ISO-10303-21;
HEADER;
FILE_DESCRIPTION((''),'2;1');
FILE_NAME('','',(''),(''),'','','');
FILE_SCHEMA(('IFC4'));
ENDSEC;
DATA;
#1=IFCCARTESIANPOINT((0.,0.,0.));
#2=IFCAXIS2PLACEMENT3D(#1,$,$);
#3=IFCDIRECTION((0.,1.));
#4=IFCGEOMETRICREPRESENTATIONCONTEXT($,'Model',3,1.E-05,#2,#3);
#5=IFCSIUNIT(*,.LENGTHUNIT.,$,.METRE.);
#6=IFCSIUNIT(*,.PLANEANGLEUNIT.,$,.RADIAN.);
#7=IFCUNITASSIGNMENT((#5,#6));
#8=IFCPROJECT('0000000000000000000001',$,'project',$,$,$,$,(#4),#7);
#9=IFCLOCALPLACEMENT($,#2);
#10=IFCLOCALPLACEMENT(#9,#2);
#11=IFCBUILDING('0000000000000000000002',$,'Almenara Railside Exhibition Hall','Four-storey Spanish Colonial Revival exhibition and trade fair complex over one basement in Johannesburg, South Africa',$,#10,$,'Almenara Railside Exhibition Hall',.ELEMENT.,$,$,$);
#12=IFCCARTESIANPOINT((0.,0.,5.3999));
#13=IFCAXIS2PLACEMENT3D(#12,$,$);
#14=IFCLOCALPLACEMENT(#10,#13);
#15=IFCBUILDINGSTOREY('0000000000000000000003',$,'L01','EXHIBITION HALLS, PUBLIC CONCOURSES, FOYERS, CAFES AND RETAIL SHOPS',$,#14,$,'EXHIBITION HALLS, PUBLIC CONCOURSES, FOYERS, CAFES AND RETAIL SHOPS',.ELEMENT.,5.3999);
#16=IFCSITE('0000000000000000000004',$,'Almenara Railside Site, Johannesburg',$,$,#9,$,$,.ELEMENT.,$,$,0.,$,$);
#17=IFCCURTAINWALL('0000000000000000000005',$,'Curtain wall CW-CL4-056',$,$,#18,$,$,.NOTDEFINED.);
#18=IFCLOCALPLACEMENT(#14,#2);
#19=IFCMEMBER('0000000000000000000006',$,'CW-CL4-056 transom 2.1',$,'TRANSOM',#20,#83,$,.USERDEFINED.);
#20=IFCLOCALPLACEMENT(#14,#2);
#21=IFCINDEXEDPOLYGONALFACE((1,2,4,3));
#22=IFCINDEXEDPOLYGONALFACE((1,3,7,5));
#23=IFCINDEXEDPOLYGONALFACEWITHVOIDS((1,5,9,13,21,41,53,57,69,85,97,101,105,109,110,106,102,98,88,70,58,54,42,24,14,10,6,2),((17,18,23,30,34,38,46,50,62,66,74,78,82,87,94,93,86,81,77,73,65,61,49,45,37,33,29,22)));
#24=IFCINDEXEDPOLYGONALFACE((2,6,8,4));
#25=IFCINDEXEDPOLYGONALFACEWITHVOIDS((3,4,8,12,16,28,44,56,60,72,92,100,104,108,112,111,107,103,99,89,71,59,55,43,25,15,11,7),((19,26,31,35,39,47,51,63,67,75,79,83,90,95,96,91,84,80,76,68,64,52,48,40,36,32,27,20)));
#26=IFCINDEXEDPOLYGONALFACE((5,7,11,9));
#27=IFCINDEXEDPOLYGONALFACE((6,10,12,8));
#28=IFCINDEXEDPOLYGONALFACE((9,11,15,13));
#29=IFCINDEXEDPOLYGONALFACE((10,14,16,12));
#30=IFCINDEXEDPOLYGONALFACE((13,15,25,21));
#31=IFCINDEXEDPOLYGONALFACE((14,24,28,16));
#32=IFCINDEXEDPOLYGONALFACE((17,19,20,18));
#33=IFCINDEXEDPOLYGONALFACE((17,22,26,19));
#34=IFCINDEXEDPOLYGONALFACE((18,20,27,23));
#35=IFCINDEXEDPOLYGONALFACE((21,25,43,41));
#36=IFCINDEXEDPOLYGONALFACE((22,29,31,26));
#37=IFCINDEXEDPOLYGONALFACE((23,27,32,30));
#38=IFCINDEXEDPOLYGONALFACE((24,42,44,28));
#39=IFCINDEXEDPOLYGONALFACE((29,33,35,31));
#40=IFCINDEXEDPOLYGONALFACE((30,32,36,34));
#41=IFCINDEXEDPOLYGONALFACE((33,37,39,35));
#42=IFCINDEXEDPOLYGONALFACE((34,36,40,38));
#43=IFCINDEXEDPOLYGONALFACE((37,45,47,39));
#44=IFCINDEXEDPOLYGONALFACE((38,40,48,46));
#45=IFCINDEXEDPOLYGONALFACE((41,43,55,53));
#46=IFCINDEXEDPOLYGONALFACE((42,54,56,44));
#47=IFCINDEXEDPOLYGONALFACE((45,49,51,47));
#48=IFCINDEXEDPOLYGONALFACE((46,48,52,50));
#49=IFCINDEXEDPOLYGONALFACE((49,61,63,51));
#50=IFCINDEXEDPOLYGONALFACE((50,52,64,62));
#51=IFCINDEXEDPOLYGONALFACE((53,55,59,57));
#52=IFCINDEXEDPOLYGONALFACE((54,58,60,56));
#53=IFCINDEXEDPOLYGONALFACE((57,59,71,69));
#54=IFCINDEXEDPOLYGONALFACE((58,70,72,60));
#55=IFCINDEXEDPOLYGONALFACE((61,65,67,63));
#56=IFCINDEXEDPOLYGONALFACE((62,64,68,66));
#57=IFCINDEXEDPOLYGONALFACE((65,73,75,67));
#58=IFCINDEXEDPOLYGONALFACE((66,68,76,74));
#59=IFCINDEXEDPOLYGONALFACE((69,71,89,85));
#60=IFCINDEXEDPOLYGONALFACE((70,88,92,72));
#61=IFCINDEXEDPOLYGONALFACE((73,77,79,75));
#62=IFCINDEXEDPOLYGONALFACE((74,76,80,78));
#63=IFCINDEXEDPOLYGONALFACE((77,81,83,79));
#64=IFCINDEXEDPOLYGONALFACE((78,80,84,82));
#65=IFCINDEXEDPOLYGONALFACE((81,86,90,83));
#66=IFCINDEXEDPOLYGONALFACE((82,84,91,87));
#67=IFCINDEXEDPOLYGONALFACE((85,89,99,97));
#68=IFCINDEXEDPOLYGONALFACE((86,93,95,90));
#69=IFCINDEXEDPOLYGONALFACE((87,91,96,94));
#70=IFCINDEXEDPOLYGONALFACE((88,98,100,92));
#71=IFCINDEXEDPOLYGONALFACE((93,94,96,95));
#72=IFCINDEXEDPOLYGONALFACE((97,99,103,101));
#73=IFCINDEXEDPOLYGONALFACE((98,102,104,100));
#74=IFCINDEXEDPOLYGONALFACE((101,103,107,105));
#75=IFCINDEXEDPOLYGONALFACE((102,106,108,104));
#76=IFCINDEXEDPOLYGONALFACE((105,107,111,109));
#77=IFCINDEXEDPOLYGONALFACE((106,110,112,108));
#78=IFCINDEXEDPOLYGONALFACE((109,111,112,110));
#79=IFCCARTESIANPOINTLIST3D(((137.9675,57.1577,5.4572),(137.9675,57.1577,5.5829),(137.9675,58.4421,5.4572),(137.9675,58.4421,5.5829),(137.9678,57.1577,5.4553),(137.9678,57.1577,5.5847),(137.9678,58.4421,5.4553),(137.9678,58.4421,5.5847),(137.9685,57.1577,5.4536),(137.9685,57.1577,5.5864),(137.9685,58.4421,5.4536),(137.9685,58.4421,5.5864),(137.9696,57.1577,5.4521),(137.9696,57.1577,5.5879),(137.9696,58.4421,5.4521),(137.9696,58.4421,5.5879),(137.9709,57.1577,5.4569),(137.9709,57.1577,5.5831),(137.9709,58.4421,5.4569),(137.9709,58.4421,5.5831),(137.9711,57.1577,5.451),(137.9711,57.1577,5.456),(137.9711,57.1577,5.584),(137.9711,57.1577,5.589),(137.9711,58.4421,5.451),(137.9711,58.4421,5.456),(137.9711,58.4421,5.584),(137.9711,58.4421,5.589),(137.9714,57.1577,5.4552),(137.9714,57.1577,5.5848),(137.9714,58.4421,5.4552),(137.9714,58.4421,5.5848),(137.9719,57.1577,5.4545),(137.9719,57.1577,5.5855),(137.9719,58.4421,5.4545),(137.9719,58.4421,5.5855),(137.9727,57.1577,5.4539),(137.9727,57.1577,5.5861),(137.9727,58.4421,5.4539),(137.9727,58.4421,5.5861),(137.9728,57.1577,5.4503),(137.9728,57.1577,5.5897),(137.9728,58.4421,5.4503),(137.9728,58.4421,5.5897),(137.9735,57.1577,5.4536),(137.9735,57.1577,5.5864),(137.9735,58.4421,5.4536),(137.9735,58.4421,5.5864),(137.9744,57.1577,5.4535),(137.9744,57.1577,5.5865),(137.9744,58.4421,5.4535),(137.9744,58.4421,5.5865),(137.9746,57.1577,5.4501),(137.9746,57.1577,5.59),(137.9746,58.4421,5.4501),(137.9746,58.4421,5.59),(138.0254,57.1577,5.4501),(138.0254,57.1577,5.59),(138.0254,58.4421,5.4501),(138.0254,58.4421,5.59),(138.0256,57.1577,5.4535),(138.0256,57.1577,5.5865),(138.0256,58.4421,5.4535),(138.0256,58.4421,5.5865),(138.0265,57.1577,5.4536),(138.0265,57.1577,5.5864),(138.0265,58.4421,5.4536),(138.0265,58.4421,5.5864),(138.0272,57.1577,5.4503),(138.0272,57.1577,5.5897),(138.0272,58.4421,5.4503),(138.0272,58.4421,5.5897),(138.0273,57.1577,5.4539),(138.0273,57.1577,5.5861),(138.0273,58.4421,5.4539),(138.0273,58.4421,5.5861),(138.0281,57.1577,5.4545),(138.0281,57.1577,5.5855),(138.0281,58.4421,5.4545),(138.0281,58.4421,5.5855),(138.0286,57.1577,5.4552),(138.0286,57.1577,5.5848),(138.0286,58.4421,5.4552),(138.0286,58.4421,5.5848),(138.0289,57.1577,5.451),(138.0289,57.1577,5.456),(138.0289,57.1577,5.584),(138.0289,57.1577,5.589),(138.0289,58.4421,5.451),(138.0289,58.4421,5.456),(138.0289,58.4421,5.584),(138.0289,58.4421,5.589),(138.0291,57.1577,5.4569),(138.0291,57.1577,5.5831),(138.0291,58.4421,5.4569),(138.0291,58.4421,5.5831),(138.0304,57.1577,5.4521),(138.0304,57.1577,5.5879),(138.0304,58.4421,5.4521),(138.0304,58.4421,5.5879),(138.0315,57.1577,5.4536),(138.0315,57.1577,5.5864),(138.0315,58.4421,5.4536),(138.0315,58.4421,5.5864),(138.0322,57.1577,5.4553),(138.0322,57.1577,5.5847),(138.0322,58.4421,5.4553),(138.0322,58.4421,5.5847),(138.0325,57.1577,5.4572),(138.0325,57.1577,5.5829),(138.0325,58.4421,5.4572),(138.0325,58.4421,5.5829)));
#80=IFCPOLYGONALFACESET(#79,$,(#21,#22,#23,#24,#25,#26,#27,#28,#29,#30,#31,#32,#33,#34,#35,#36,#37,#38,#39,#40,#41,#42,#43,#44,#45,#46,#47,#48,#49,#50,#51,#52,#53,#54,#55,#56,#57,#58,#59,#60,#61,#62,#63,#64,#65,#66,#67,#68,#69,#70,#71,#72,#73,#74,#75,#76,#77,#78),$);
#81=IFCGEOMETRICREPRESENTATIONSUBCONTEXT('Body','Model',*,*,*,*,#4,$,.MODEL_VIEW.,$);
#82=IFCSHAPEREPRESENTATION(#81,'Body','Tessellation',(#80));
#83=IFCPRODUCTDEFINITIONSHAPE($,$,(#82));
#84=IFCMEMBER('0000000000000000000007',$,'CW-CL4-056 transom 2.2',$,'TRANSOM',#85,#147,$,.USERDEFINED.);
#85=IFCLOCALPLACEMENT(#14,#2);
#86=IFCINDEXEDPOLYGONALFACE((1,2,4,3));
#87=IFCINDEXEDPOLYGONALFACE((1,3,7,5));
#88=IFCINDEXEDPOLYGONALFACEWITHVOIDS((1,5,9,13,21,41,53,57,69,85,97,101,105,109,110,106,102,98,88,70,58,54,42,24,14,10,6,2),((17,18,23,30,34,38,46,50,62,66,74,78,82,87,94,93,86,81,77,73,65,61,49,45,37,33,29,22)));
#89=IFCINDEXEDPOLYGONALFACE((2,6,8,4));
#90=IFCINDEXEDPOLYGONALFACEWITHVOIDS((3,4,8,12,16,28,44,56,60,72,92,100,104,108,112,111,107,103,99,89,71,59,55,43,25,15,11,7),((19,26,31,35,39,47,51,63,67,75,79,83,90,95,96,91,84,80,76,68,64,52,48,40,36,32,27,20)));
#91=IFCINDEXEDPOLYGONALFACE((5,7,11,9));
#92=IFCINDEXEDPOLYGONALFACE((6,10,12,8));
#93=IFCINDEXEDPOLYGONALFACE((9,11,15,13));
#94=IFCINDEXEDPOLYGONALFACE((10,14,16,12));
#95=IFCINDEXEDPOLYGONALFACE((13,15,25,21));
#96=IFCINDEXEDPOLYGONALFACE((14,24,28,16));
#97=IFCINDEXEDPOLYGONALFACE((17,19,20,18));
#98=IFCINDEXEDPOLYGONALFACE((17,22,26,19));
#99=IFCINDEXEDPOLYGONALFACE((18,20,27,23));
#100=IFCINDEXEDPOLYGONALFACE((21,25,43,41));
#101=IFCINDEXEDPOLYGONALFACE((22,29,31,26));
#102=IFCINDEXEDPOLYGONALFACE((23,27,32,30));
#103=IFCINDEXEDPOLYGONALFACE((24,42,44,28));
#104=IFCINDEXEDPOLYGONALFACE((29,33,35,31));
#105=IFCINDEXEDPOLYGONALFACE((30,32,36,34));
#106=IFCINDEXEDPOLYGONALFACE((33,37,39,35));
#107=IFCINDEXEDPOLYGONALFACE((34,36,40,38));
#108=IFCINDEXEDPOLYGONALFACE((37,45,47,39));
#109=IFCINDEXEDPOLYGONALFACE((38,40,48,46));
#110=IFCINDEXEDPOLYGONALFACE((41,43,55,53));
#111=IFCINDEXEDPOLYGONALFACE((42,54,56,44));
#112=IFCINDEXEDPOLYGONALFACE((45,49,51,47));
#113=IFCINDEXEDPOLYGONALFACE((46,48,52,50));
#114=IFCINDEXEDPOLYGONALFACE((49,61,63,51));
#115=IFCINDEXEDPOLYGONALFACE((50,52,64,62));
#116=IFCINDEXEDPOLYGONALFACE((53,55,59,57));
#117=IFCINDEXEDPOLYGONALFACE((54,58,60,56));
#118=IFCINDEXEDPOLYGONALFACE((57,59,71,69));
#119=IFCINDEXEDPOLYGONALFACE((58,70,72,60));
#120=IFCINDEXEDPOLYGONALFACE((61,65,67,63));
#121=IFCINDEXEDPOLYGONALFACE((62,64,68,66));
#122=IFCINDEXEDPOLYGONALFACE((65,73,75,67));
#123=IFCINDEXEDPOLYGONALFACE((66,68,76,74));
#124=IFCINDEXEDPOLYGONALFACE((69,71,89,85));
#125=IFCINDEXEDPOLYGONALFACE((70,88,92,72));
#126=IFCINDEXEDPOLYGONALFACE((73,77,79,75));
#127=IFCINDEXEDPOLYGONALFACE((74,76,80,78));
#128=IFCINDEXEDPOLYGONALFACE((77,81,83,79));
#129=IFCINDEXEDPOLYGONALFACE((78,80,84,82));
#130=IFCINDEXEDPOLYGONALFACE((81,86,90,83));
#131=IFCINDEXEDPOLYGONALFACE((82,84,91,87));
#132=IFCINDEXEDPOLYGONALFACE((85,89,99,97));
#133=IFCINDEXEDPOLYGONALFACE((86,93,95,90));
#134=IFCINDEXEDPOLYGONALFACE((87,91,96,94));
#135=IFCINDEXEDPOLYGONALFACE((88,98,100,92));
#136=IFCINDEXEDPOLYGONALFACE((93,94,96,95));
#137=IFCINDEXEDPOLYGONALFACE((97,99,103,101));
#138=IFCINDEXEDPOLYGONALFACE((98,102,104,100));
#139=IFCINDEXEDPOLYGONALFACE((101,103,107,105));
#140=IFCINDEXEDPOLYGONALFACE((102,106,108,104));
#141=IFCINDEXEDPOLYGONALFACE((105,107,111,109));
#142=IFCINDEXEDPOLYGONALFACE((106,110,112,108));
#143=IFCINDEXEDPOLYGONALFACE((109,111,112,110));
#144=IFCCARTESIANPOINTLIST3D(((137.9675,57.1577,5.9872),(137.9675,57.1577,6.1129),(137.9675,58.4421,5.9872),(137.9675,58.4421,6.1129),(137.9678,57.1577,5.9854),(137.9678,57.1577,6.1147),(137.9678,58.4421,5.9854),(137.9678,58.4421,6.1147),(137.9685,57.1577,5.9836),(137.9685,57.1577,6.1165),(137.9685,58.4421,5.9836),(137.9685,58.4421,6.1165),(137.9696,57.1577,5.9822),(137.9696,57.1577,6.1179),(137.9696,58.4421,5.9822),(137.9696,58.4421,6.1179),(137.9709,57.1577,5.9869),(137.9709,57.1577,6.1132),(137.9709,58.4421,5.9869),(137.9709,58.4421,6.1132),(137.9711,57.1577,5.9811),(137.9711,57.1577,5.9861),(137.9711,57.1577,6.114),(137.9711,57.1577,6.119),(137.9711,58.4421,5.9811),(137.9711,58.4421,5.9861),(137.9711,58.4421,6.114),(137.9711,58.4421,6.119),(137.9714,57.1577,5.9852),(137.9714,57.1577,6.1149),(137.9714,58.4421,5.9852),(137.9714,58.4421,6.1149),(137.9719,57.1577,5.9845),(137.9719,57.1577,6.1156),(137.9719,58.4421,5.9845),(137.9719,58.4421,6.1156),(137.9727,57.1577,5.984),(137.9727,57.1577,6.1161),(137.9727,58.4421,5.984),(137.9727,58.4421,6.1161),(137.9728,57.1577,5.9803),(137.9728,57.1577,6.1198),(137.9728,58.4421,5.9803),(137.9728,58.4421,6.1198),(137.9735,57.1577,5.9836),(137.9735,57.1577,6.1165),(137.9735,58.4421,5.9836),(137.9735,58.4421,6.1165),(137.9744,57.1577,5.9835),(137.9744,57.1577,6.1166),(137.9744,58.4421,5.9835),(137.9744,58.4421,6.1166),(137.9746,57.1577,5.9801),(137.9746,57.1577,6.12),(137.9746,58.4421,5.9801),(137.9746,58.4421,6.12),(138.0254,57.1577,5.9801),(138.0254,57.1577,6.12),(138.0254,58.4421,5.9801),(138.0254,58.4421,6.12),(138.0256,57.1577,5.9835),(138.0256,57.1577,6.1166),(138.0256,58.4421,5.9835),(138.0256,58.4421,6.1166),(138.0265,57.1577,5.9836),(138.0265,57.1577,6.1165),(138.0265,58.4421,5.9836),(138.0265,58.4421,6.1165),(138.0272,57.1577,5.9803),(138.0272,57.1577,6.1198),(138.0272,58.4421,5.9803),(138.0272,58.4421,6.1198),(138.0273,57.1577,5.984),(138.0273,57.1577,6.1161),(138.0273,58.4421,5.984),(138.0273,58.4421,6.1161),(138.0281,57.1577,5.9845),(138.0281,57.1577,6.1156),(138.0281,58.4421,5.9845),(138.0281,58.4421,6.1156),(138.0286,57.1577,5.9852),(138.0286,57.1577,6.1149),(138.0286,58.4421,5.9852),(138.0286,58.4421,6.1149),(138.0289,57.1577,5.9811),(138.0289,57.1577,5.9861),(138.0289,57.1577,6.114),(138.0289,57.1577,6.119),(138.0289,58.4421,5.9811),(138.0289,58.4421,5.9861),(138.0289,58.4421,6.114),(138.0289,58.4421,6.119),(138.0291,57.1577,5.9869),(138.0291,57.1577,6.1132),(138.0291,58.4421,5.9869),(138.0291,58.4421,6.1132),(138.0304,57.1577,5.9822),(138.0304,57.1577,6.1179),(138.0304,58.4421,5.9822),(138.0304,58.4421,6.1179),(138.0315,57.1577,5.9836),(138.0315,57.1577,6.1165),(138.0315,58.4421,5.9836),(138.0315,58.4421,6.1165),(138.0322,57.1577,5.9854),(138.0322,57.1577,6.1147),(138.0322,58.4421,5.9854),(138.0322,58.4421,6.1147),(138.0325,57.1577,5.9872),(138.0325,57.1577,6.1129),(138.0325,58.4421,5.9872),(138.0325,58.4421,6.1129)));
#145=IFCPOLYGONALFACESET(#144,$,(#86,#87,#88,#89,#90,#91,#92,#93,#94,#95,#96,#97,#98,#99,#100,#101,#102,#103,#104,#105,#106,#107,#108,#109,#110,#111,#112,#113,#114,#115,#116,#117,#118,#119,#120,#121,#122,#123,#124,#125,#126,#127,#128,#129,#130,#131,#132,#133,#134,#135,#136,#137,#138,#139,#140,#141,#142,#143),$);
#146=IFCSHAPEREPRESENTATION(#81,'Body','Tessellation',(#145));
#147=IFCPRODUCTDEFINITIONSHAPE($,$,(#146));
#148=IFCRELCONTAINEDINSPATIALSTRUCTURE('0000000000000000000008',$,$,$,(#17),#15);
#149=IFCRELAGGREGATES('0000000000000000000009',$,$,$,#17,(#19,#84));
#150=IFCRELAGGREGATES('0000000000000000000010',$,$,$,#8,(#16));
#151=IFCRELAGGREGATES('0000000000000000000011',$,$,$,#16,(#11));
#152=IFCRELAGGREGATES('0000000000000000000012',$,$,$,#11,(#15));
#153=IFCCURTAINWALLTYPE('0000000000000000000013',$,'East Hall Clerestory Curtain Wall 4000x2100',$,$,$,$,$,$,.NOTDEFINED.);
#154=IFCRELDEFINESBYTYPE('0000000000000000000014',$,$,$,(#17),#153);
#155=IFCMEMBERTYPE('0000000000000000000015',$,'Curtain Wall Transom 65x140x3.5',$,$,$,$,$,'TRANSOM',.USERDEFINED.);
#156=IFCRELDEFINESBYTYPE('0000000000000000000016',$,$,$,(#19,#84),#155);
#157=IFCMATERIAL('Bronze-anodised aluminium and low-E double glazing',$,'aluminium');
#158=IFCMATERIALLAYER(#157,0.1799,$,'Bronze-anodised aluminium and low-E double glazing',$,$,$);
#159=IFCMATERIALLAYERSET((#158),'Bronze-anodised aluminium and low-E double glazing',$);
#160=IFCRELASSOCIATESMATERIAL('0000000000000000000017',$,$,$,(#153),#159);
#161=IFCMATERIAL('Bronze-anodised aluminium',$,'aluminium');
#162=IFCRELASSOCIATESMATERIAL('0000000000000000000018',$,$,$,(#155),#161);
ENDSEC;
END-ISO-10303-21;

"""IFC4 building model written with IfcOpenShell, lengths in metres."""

from ifc_helpers import new_model, si_unit, direction, frame, origin, origin_2d, place, context, subcontext, project, spatial, hollow_rectangle, extrude, material, layer, layer_set, material_profile, profile_set, type_object, element, aggregate, save


model = new_model("IFC4")

# Units and contexts
model_context = context("Model", 3, precision=1e-05, world=origin(), true_north=direction((0.0, 1.0)))
body_context = subcontext(model_context, "Body", "Model", "MODEL_VIEW")
ifc_project = project(units=[si_unit("LENGTHUNIT", "METRE"), si_unit("PLANEANGLEUNIT", "RADIAN")], contexts=[model_context])

# Site, building, storey
site_placement = place(None, origin())
site = spatial("IfcSite", under=ifc_project, at=site_placement, Name="Almenara Railside Site, Johannesburg", CompositionType="ELEMENT", RefElevation=0.0)
building_placement = place(site_placement, origin())
building = spatial("IfcBuilding", under=site, at=building_placement, Name="Almenara Railside Exhibition Hall", Description="Four-storey Spanish Colonial Revival exhibition and trade fair complex over one basement in Johannesburg, South Africa", LongName="Almenara Railside Exhibition Hall", CompositionType="ELEMENT")
storey_placement = place(building_placement, frame((0.0, 0.0, 5.3999)))
storey = spatial("IfcBuildingStorey", under=building, at=storey_placement, Name="L01", Description="EXHIBITION HALLS, PUBLIC CONCOURSES, FOYERS, CAFES AND RETAIL SHOPS", LongName="EXHIBITION HALLS, PUBLIC CONCOURSES, FOYERS, CAFES AND RETAIL SHOPS", CompositionType="ELEMENT", Elevation=5.3999)

# Curtain wall
ifc_material_1 = material(Name="Bronze-anodised aluminium and low-E double glazing", Category="aluminium")
ifc_layer_1 = layer(ifc_material_1, 0.1799, Name="Bronze-anodised aluminium and low-E double glazing")
ifc_layer_set_1 = layer_set([ifc_layer_1], Name="Bronze-anodised aluminium and low-E double glazing")
curtain_wall_type = type_object("IfcCurtainWallType", Name="East Hall Clerestory Curtain Wall 4000x2100", PredefinedType="NOTDEFINED", material=ifc_layer_set_1)
curtain_wall_1_placement = place(storey_placement, origin())
curtain_wall_1 = element("IfcCurtainWall", 1, at=curtain_wall_1_placement, inside=storey, type_object=curtain_wall_type, Name="Curtain wall CW-CL4-056", PredefinedType="NOTDEFINED")
ifc_material_2 = material(Name="Bronze-anodised aluminium", Category="aluminium")

# Members
ifc_material_profile_1 = material_profile(ifc_material_2, hollow_rectangle(XDim=0.0649, YDim=0.1399, WallThickness=0.0034, InnerFilletRadius=0.0034, OuterFilletRadius=0.0071, at=origin_2d()), Name="ALU-TRN 65x140x3.5")
ifc_profile_set_1 = profile_set([ifc_material_profile_1], Name="Bronze-anodised aluminium")
member_type_1 = type_object("IfcMemberType", Name="Curtain Wall Transom 65x140x3.5", ElementType="TRANSOM", PredefinedType="USERDEFINED", material=ifc_profile_set_1)
member_1_placement = place(storey_placement, frame((138.0, 57.1577, 5.52), z_axis=(0.0, 1.0, 0.0), x_axis=(-1.0, 0.0, 0.0)))
member_1 = element("IfcMember", 2, at=member_1_placement, type_object=member_type_1, Name="CW-CL4-056 transom 2.1", ObjectType="TRANSOM", PredefinedType="USERDEFINED", context=body_context, shape_type="SweptSolid", body=[
    extrude(hollow_rectangle(XDim=0.0649, YDim=0.1399, WallThickness=0.0034, InnerFilletRadius=0.0034, OuterFilletRadius=0.0071, at=origin_2d()), origin(), (0.0, 0.0, 1.0), 1.2844),
])
member_2_placement = place(storey_placement, frame((138.0, 57.1577, 6.05), z_axis=(0.0, 1.0, 0.0), x_axis=(-1.0, 0.0, 0.0)))
member_2 = element("IfcMember", 3, at=member_2_placement, type_object=member_type_1, Name="CW-CL4-056 transom 2.2", ObjectType="TRANSOM", PredefinedType="USERDEFINED", context=body_context, shape_type="SweptSolid", body=[
    extrude(hollow_rectangle(XDim=0.0649, YDim=0.1399, WallThickness=0.0034, InnerFilletRadius=0.0034, OuterFilletRadius=0.0071, at=origin_2d()), origin(), (0.0, 0.0, 1.0), 1.2844),
])

aggregate(curtain_wall_1, [member_1, member_2])

save(model, "model.ifc")
